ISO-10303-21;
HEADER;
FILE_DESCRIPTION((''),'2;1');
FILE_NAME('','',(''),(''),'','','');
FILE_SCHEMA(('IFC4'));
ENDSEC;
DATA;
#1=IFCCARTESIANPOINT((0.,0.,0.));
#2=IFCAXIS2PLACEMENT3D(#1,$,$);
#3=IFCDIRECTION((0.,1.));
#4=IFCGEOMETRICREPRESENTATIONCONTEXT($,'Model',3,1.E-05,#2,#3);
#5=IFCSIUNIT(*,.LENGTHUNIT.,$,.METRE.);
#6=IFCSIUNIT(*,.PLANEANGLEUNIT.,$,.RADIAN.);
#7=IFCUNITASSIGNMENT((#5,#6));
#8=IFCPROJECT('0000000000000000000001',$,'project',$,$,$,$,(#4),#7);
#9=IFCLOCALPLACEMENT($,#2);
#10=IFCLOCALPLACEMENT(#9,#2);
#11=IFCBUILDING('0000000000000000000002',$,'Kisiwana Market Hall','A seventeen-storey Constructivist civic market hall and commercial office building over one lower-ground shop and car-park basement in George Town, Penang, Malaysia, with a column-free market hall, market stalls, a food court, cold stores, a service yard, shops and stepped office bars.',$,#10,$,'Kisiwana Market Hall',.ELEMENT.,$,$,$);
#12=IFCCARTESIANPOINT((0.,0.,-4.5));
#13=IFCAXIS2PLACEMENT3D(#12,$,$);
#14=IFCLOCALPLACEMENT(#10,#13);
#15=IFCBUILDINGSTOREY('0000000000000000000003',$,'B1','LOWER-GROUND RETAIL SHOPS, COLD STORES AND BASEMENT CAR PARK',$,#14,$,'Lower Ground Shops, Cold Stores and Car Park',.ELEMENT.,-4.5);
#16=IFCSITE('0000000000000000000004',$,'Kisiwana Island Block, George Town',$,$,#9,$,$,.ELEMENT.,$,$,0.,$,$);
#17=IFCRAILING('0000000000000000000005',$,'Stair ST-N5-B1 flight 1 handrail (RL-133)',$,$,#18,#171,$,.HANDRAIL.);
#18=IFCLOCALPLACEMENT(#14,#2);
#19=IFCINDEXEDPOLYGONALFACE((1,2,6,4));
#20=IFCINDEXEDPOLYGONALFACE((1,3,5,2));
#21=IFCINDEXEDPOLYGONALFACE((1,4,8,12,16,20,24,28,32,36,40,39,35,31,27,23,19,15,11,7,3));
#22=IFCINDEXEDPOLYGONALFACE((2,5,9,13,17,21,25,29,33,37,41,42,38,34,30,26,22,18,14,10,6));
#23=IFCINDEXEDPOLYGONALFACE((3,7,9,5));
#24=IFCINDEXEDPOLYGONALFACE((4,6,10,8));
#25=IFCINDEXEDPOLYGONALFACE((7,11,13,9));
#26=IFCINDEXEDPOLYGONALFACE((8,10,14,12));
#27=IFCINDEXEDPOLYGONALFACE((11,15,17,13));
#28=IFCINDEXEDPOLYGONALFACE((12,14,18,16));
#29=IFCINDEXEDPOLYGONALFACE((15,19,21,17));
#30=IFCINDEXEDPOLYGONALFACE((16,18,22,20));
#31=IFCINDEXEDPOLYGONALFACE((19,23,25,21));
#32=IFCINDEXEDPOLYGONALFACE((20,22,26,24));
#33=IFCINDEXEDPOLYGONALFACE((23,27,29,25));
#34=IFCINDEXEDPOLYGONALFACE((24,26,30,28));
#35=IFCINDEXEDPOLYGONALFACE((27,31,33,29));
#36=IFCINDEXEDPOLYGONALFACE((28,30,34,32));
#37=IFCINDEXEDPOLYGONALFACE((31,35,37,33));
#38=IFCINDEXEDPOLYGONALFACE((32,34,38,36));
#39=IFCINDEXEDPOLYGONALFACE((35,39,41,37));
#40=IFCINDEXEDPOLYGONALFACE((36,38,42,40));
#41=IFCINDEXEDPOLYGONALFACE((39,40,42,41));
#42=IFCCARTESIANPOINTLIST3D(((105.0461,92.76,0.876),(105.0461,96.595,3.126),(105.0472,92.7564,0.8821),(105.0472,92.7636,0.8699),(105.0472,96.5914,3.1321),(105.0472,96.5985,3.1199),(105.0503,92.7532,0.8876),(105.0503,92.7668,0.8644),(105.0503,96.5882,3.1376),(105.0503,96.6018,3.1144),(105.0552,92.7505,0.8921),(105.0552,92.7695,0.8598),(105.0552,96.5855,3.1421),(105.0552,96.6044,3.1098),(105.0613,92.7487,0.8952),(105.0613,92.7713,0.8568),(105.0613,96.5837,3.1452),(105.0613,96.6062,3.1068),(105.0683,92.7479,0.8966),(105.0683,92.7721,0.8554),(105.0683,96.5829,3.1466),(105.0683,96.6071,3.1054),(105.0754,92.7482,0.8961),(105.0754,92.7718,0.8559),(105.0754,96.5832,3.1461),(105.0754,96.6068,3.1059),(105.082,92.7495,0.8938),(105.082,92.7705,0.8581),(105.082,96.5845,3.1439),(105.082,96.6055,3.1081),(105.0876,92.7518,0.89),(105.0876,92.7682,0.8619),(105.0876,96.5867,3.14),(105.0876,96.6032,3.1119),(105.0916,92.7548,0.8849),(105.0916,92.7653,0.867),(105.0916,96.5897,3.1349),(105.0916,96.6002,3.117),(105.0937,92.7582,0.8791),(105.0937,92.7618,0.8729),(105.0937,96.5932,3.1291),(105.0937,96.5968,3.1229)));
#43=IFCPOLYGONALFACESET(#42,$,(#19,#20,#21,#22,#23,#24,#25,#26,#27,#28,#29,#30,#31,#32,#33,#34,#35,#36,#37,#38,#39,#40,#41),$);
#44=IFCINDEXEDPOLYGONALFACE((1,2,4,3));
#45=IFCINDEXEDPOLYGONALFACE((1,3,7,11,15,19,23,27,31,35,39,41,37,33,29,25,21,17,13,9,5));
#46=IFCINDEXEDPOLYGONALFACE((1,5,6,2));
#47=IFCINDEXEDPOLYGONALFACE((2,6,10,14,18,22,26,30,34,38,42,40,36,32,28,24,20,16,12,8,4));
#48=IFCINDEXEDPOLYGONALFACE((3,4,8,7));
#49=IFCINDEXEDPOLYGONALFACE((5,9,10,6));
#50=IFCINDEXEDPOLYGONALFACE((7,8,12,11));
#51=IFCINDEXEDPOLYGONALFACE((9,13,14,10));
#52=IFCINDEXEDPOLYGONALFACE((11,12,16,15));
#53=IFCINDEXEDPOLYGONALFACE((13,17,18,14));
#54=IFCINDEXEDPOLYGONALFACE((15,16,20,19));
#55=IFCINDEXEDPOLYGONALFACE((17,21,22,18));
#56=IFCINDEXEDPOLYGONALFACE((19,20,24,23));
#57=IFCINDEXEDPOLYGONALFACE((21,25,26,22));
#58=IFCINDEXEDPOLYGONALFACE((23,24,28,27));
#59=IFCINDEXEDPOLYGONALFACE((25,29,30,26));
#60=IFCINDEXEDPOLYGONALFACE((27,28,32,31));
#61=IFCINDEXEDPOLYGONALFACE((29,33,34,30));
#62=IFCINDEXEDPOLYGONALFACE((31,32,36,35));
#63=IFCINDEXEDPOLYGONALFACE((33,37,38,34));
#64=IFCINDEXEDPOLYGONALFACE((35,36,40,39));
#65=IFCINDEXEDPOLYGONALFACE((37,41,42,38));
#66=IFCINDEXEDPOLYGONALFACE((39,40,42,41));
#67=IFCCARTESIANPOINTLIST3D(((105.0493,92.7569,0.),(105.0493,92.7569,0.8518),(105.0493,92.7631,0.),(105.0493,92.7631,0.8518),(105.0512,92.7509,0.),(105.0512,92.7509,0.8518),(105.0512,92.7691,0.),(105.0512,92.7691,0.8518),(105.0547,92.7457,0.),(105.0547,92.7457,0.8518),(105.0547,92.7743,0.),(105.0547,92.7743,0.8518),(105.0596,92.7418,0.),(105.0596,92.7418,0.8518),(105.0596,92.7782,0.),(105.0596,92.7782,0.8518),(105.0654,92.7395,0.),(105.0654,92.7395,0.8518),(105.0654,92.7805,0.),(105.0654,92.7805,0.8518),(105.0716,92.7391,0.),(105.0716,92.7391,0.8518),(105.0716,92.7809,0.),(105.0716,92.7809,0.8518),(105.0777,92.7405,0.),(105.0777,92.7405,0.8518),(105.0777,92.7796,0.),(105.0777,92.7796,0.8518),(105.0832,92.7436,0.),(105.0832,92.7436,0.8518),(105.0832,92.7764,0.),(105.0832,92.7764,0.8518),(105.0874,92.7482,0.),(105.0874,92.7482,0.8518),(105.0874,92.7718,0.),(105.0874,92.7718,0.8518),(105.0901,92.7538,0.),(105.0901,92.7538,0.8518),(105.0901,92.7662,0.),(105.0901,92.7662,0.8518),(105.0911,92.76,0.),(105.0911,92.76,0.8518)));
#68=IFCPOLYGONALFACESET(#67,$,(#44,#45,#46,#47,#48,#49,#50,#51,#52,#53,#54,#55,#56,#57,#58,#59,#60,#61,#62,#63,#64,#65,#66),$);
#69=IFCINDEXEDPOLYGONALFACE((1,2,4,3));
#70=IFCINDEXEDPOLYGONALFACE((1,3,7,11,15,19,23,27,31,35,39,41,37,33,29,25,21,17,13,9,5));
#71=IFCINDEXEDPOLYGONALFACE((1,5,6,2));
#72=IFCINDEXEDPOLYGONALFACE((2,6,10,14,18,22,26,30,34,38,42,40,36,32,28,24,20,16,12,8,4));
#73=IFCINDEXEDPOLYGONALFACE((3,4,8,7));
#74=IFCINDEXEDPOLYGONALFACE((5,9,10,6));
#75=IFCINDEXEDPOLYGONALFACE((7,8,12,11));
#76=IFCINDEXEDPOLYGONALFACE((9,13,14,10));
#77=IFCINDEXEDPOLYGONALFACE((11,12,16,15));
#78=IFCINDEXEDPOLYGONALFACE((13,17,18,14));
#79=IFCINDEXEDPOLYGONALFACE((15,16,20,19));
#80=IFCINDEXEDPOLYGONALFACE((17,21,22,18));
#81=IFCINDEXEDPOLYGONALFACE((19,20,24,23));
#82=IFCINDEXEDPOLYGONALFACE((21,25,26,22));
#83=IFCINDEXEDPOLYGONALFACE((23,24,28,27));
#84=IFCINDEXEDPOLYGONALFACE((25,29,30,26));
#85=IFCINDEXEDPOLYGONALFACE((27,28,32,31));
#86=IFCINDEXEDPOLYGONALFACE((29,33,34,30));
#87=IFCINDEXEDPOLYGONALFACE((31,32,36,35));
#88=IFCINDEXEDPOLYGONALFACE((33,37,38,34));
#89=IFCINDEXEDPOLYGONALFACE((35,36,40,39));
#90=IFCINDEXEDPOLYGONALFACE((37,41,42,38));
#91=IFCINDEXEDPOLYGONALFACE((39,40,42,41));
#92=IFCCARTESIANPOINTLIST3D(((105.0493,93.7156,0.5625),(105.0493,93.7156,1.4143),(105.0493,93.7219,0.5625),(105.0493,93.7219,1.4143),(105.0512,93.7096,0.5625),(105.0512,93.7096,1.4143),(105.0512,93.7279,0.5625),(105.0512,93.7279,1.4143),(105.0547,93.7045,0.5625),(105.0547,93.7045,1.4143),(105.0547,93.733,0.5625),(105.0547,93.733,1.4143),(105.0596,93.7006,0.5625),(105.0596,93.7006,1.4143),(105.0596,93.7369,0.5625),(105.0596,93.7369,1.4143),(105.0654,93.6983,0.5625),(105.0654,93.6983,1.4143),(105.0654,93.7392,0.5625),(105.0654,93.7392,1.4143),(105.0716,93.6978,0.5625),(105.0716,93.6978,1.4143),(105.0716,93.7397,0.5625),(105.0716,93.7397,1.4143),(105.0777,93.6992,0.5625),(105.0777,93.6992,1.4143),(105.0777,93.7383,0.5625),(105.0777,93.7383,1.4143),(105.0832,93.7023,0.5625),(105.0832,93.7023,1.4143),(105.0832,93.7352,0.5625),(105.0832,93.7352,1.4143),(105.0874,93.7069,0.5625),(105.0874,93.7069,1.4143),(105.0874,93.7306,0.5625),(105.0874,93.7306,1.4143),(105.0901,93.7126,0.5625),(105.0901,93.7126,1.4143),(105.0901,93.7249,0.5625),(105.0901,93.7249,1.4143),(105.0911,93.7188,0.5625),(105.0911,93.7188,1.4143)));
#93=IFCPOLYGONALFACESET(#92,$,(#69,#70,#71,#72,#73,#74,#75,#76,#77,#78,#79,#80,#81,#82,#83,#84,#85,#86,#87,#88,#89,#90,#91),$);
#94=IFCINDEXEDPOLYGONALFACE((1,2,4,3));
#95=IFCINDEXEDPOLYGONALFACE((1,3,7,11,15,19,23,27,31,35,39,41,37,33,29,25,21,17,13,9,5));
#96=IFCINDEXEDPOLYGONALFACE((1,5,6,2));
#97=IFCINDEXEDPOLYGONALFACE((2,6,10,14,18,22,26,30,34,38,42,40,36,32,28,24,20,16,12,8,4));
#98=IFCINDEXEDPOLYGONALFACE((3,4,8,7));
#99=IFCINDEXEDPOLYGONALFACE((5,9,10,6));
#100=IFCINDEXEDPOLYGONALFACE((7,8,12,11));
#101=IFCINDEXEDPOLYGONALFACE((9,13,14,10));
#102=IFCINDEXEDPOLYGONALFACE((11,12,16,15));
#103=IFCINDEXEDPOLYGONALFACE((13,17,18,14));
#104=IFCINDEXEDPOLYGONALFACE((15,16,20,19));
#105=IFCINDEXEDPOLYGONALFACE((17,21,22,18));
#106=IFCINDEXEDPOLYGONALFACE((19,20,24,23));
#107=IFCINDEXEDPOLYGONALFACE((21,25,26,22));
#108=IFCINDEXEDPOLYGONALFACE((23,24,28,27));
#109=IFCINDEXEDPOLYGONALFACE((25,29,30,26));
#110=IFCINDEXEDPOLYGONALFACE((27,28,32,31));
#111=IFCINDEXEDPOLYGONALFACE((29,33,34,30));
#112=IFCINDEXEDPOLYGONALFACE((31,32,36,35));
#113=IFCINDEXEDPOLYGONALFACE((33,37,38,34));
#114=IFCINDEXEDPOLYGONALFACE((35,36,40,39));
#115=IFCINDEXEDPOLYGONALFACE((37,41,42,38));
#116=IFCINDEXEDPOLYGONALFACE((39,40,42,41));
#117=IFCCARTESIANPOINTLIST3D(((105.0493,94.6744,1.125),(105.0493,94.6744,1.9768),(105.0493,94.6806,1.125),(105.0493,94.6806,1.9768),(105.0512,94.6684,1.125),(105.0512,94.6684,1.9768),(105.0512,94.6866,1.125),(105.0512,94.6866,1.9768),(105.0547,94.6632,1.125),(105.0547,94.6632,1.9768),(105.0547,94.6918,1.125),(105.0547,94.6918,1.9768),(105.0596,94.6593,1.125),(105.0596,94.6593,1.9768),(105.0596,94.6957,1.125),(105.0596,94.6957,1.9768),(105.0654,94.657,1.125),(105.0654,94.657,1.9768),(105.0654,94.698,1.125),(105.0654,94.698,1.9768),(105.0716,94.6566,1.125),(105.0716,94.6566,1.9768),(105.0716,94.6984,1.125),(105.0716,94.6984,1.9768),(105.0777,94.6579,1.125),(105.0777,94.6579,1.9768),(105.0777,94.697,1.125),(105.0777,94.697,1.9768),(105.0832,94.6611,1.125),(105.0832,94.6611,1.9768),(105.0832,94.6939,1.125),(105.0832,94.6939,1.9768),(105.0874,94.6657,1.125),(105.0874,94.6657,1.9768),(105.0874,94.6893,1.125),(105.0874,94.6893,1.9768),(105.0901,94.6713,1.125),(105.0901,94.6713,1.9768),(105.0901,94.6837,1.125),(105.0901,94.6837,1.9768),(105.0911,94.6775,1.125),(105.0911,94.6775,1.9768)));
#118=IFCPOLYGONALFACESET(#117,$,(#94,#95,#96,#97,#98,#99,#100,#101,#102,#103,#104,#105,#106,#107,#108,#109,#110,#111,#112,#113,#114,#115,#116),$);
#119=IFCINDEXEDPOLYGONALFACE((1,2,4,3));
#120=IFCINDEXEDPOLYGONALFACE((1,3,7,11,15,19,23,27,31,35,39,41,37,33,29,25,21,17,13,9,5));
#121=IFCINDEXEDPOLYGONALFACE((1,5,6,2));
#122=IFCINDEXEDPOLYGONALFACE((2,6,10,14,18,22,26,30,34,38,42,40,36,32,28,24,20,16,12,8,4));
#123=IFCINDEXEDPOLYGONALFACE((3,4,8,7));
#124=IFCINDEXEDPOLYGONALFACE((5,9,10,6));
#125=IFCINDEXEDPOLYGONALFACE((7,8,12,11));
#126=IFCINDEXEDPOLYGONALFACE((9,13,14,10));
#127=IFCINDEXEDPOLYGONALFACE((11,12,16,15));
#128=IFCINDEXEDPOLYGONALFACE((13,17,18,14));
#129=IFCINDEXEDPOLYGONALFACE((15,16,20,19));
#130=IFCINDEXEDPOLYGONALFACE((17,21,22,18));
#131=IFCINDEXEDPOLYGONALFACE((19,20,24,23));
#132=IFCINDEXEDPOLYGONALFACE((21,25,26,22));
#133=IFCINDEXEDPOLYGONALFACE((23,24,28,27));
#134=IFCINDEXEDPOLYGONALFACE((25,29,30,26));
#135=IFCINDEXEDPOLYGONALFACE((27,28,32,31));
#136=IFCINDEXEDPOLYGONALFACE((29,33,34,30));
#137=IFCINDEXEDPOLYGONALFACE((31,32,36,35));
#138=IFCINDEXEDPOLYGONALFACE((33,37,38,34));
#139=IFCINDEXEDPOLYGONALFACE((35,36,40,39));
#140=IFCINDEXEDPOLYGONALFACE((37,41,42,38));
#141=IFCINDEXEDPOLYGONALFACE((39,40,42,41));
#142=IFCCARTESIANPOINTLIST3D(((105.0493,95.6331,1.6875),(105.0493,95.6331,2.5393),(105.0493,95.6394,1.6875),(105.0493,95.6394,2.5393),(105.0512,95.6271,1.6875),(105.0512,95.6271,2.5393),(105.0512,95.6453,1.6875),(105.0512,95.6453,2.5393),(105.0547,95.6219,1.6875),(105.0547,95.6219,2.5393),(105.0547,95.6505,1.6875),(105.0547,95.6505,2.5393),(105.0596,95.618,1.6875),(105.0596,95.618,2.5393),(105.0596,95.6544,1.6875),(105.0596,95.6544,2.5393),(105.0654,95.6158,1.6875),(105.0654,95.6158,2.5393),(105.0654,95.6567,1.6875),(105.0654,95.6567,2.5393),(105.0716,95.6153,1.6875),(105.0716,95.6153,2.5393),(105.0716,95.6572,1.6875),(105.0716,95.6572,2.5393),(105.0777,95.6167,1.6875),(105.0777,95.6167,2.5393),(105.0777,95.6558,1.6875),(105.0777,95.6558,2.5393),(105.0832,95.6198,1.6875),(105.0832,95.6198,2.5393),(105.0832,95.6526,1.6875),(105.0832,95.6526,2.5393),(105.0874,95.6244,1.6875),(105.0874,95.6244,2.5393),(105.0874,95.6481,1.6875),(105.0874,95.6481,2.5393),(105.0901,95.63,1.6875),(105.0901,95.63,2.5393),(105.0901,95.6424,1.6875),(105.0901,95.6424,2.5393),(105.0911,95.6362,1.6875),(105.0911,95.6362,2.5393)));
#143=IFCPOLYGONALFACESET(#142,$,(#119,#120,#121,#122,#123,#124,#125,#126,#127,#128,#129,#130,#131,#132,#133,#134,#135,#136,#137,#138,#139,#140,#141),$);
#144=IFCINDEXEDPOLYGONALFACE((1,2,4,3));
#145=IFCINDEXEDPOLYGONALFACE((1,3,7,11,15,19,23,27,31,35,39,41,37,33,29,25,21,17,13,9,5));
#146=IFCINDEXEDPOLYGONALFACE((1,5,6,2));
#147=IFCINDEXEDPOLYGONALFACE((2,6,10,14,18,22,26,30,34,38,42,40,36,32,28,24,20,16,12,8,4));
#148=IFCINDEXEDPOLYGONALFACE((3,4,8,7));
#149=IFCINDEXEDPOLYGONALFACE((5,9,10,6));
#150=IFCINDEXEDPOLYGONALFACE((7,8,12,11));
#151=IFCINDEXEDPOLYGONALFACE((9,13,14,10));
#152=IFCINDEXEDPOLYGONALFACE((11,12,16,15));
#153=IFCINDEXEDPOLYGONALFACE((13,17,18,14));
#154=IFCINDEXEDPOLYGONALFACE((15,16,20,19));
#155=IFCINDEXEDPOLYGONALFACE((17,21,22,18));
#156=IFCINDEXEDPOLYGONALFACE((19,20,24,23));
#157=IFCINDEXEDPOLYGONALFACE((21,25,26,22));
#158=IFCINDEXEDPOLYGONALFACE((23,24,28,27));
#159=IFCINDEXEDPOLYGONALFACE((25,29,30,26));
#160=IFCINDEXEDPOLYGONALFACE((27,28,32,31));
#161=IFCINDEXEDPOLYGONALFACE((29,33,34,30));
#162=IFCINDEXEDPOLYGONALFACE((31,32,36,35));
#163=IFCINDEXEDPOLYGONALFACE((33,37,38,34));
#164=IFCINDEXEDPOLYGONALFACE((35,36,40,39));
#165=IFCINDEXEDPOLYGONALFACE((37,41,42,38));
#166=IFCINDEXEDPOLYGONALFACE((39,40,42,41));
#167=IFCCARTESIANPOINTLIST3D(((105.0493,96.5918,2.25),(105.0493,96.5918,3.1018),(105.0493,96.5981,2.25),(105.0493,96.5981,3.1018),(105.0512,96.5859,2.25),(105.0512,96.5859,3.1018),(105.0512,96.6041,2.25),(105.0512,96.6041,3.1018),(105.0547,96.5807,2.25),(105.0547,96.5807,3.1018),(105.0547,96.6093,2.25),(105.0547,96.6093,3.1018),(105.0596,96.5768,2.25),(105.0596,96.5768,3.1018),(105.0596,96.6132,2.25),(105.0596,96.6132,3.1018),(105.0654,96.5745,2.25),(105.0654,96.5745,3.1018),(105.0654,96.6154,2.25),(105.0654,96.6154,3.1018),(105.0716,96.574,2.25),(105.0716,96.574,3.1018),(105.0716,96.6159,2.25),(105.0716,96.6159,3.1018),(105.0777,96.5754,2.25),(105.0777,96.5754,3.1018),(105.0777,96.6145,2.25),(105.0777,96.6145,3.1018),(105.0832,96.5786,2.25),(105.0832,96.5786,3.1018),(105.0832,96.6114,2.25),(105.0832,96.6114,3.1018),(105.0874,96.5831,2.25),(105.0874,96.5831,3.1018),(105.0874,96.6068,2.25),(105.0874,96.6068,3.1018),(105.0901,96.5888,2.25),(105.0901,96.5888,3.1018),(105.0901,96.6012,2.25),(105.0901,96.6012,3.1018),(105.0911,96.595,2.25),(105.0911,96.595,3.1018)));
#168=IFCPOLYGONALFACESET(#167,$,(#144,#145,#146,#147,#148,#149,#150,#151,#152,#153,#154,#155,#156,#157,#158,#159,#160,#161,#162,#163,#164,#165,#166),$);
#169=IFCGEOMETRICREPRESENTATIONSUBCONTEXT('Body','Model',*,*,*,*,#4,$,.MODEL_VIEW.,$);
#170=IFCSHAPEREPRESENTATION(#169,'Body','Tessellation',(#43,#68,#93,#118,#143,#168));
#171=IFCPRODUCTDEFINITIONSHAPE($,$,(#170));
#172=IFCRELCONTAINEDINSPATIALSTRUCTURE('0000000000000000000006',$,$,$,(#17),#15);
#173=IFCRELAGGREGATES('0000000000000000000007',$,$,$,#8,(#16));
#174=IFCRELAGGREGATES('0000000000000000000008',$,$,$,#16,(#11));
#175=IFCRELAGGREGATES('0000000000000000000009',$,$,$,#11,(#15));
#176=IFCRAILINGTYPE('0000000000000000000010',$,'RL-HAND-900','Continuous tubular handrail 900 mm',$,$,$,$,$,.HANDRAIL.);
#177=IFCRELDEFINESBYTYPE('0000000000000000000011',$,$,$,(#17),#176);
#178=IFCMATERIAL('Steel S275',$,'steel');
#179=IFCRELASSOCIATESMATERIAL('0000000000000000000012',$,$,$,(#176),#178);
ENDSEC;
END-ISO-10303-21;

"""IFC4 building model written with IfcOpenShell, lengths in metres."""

from ifc_helpers import new_model, si_unit, direction, frame, origin, origin_2d, place, context, subcontext, project, spatial, circle, extrude, material, type_object, element, save


model = new_model("IFC4")

# Units and contexts
model_context = context("Model", 3, precision=1e-05, world=origin(), true_north=direction((0.0, 1.0)))
body_context = subcontext(model_context, "Body", "Model", "MODEL_VIEW")
ifc_project = project(units=[si_unit("LENGTHUNIT", "METRE"), si_unit("PLANEANGLEUNIT", "RADIAN")], contexts=[model_context])

# Site, building, storey
site_placement = place(None, origin())
site = spatial("IfcSite", under=ifc_project, at=site_placement, Name="Kisiwana Island Block, George Town", CompositionType="ELEMENT", RefElevation=0.0)
building_placement = place(site_placement, origin())
building = spatial("IfcBuilding", under=site, at=building_placement, Name="Kisiwana Market Hall", Description="A seventeen-storey Constructivist civic market hall and commercial office building over one lower-ground shop and car-park basement in George Town, Penang, Malaysia, with a column-free market hall, market stalls, a food court, cold stores, a service yard, shops and stepped office bars.", LongName="Kisiwana Market Hall", CompositionType="ELEMENT")
storey_placement = place(building_placement, frame((0.0, 0.0, -4.5)))
storey = spatial("IfcBuildingStorey", under=building, at=storey_placement, Name="B1", Description="LOWER-GROUND RETAIL SHOPS, COLD STORES AND BASEMENT CAR PARK", LongName="Lower Ground Shops, Cold Stores and Car Park", CompositionType="ELEMENT", Elevation=-4.5)

# Railing
ifc_material_1 = material(Name="Steel S275", Category="steel")
railing_type_1 = type_object("IfcRailingType", Name="RL-HAND-900", Description="Continuous tubular handrail 900 mm", PredefinedType="HANDRAIL", material=ifc_material_1)
for number, where, name in (
    (1, (105.0701, 92.76, 0.0), "Stair ST-N5-B1 flight 1 handrail (RL-133)"),
):
    element("IfcRailing", number, at=place(storey_placement, frame(where)), inside=storey, type_object=railing_type_1, Name=name, PredefinedType="HANDRAIL", context=body_context, shape_type="SweptSolid", body=[
        extrude(circle(Radius=0.0239, at=origin_2d()), frame((0.0, 0.0, 0.876), z_axis=(0.0, 0.86251, 0.506041), x_axis=(-1.0, 0.0, 0.0)), (0.0, 0.0, 1.0), 4.4463),
        extrude(circle(Radius=0.021, at=origin_2d()), origin(), (0.0, 0.0, 1.0), 0.8518),
        extrude(circle(Radius=0.021, at=origin_2d()), frame((0.0, 0.9587, 0.5625)), (0.0, 0.0, 1.0), 0.8518),
        extrude(circle(Radius=0.021, at=origin_2d()), frame((0.0, 1.9175, 1.125)), (0.0, 0.0, 1.0), 0.8518),
        extrude(circle(Radius=0.021, at=origin_2d()), frame((0.0, 2.8762, 1.6875)), (0.0, 0.0, 1.0), 0.8518),
        extrude(circle(Radius=0.021, at=origin_2d()), frame((0.0, 3.835, 2.25)), (0.0, 0.0, 1.0), 0.8518),
    ])

save(model, "model.ifc")
